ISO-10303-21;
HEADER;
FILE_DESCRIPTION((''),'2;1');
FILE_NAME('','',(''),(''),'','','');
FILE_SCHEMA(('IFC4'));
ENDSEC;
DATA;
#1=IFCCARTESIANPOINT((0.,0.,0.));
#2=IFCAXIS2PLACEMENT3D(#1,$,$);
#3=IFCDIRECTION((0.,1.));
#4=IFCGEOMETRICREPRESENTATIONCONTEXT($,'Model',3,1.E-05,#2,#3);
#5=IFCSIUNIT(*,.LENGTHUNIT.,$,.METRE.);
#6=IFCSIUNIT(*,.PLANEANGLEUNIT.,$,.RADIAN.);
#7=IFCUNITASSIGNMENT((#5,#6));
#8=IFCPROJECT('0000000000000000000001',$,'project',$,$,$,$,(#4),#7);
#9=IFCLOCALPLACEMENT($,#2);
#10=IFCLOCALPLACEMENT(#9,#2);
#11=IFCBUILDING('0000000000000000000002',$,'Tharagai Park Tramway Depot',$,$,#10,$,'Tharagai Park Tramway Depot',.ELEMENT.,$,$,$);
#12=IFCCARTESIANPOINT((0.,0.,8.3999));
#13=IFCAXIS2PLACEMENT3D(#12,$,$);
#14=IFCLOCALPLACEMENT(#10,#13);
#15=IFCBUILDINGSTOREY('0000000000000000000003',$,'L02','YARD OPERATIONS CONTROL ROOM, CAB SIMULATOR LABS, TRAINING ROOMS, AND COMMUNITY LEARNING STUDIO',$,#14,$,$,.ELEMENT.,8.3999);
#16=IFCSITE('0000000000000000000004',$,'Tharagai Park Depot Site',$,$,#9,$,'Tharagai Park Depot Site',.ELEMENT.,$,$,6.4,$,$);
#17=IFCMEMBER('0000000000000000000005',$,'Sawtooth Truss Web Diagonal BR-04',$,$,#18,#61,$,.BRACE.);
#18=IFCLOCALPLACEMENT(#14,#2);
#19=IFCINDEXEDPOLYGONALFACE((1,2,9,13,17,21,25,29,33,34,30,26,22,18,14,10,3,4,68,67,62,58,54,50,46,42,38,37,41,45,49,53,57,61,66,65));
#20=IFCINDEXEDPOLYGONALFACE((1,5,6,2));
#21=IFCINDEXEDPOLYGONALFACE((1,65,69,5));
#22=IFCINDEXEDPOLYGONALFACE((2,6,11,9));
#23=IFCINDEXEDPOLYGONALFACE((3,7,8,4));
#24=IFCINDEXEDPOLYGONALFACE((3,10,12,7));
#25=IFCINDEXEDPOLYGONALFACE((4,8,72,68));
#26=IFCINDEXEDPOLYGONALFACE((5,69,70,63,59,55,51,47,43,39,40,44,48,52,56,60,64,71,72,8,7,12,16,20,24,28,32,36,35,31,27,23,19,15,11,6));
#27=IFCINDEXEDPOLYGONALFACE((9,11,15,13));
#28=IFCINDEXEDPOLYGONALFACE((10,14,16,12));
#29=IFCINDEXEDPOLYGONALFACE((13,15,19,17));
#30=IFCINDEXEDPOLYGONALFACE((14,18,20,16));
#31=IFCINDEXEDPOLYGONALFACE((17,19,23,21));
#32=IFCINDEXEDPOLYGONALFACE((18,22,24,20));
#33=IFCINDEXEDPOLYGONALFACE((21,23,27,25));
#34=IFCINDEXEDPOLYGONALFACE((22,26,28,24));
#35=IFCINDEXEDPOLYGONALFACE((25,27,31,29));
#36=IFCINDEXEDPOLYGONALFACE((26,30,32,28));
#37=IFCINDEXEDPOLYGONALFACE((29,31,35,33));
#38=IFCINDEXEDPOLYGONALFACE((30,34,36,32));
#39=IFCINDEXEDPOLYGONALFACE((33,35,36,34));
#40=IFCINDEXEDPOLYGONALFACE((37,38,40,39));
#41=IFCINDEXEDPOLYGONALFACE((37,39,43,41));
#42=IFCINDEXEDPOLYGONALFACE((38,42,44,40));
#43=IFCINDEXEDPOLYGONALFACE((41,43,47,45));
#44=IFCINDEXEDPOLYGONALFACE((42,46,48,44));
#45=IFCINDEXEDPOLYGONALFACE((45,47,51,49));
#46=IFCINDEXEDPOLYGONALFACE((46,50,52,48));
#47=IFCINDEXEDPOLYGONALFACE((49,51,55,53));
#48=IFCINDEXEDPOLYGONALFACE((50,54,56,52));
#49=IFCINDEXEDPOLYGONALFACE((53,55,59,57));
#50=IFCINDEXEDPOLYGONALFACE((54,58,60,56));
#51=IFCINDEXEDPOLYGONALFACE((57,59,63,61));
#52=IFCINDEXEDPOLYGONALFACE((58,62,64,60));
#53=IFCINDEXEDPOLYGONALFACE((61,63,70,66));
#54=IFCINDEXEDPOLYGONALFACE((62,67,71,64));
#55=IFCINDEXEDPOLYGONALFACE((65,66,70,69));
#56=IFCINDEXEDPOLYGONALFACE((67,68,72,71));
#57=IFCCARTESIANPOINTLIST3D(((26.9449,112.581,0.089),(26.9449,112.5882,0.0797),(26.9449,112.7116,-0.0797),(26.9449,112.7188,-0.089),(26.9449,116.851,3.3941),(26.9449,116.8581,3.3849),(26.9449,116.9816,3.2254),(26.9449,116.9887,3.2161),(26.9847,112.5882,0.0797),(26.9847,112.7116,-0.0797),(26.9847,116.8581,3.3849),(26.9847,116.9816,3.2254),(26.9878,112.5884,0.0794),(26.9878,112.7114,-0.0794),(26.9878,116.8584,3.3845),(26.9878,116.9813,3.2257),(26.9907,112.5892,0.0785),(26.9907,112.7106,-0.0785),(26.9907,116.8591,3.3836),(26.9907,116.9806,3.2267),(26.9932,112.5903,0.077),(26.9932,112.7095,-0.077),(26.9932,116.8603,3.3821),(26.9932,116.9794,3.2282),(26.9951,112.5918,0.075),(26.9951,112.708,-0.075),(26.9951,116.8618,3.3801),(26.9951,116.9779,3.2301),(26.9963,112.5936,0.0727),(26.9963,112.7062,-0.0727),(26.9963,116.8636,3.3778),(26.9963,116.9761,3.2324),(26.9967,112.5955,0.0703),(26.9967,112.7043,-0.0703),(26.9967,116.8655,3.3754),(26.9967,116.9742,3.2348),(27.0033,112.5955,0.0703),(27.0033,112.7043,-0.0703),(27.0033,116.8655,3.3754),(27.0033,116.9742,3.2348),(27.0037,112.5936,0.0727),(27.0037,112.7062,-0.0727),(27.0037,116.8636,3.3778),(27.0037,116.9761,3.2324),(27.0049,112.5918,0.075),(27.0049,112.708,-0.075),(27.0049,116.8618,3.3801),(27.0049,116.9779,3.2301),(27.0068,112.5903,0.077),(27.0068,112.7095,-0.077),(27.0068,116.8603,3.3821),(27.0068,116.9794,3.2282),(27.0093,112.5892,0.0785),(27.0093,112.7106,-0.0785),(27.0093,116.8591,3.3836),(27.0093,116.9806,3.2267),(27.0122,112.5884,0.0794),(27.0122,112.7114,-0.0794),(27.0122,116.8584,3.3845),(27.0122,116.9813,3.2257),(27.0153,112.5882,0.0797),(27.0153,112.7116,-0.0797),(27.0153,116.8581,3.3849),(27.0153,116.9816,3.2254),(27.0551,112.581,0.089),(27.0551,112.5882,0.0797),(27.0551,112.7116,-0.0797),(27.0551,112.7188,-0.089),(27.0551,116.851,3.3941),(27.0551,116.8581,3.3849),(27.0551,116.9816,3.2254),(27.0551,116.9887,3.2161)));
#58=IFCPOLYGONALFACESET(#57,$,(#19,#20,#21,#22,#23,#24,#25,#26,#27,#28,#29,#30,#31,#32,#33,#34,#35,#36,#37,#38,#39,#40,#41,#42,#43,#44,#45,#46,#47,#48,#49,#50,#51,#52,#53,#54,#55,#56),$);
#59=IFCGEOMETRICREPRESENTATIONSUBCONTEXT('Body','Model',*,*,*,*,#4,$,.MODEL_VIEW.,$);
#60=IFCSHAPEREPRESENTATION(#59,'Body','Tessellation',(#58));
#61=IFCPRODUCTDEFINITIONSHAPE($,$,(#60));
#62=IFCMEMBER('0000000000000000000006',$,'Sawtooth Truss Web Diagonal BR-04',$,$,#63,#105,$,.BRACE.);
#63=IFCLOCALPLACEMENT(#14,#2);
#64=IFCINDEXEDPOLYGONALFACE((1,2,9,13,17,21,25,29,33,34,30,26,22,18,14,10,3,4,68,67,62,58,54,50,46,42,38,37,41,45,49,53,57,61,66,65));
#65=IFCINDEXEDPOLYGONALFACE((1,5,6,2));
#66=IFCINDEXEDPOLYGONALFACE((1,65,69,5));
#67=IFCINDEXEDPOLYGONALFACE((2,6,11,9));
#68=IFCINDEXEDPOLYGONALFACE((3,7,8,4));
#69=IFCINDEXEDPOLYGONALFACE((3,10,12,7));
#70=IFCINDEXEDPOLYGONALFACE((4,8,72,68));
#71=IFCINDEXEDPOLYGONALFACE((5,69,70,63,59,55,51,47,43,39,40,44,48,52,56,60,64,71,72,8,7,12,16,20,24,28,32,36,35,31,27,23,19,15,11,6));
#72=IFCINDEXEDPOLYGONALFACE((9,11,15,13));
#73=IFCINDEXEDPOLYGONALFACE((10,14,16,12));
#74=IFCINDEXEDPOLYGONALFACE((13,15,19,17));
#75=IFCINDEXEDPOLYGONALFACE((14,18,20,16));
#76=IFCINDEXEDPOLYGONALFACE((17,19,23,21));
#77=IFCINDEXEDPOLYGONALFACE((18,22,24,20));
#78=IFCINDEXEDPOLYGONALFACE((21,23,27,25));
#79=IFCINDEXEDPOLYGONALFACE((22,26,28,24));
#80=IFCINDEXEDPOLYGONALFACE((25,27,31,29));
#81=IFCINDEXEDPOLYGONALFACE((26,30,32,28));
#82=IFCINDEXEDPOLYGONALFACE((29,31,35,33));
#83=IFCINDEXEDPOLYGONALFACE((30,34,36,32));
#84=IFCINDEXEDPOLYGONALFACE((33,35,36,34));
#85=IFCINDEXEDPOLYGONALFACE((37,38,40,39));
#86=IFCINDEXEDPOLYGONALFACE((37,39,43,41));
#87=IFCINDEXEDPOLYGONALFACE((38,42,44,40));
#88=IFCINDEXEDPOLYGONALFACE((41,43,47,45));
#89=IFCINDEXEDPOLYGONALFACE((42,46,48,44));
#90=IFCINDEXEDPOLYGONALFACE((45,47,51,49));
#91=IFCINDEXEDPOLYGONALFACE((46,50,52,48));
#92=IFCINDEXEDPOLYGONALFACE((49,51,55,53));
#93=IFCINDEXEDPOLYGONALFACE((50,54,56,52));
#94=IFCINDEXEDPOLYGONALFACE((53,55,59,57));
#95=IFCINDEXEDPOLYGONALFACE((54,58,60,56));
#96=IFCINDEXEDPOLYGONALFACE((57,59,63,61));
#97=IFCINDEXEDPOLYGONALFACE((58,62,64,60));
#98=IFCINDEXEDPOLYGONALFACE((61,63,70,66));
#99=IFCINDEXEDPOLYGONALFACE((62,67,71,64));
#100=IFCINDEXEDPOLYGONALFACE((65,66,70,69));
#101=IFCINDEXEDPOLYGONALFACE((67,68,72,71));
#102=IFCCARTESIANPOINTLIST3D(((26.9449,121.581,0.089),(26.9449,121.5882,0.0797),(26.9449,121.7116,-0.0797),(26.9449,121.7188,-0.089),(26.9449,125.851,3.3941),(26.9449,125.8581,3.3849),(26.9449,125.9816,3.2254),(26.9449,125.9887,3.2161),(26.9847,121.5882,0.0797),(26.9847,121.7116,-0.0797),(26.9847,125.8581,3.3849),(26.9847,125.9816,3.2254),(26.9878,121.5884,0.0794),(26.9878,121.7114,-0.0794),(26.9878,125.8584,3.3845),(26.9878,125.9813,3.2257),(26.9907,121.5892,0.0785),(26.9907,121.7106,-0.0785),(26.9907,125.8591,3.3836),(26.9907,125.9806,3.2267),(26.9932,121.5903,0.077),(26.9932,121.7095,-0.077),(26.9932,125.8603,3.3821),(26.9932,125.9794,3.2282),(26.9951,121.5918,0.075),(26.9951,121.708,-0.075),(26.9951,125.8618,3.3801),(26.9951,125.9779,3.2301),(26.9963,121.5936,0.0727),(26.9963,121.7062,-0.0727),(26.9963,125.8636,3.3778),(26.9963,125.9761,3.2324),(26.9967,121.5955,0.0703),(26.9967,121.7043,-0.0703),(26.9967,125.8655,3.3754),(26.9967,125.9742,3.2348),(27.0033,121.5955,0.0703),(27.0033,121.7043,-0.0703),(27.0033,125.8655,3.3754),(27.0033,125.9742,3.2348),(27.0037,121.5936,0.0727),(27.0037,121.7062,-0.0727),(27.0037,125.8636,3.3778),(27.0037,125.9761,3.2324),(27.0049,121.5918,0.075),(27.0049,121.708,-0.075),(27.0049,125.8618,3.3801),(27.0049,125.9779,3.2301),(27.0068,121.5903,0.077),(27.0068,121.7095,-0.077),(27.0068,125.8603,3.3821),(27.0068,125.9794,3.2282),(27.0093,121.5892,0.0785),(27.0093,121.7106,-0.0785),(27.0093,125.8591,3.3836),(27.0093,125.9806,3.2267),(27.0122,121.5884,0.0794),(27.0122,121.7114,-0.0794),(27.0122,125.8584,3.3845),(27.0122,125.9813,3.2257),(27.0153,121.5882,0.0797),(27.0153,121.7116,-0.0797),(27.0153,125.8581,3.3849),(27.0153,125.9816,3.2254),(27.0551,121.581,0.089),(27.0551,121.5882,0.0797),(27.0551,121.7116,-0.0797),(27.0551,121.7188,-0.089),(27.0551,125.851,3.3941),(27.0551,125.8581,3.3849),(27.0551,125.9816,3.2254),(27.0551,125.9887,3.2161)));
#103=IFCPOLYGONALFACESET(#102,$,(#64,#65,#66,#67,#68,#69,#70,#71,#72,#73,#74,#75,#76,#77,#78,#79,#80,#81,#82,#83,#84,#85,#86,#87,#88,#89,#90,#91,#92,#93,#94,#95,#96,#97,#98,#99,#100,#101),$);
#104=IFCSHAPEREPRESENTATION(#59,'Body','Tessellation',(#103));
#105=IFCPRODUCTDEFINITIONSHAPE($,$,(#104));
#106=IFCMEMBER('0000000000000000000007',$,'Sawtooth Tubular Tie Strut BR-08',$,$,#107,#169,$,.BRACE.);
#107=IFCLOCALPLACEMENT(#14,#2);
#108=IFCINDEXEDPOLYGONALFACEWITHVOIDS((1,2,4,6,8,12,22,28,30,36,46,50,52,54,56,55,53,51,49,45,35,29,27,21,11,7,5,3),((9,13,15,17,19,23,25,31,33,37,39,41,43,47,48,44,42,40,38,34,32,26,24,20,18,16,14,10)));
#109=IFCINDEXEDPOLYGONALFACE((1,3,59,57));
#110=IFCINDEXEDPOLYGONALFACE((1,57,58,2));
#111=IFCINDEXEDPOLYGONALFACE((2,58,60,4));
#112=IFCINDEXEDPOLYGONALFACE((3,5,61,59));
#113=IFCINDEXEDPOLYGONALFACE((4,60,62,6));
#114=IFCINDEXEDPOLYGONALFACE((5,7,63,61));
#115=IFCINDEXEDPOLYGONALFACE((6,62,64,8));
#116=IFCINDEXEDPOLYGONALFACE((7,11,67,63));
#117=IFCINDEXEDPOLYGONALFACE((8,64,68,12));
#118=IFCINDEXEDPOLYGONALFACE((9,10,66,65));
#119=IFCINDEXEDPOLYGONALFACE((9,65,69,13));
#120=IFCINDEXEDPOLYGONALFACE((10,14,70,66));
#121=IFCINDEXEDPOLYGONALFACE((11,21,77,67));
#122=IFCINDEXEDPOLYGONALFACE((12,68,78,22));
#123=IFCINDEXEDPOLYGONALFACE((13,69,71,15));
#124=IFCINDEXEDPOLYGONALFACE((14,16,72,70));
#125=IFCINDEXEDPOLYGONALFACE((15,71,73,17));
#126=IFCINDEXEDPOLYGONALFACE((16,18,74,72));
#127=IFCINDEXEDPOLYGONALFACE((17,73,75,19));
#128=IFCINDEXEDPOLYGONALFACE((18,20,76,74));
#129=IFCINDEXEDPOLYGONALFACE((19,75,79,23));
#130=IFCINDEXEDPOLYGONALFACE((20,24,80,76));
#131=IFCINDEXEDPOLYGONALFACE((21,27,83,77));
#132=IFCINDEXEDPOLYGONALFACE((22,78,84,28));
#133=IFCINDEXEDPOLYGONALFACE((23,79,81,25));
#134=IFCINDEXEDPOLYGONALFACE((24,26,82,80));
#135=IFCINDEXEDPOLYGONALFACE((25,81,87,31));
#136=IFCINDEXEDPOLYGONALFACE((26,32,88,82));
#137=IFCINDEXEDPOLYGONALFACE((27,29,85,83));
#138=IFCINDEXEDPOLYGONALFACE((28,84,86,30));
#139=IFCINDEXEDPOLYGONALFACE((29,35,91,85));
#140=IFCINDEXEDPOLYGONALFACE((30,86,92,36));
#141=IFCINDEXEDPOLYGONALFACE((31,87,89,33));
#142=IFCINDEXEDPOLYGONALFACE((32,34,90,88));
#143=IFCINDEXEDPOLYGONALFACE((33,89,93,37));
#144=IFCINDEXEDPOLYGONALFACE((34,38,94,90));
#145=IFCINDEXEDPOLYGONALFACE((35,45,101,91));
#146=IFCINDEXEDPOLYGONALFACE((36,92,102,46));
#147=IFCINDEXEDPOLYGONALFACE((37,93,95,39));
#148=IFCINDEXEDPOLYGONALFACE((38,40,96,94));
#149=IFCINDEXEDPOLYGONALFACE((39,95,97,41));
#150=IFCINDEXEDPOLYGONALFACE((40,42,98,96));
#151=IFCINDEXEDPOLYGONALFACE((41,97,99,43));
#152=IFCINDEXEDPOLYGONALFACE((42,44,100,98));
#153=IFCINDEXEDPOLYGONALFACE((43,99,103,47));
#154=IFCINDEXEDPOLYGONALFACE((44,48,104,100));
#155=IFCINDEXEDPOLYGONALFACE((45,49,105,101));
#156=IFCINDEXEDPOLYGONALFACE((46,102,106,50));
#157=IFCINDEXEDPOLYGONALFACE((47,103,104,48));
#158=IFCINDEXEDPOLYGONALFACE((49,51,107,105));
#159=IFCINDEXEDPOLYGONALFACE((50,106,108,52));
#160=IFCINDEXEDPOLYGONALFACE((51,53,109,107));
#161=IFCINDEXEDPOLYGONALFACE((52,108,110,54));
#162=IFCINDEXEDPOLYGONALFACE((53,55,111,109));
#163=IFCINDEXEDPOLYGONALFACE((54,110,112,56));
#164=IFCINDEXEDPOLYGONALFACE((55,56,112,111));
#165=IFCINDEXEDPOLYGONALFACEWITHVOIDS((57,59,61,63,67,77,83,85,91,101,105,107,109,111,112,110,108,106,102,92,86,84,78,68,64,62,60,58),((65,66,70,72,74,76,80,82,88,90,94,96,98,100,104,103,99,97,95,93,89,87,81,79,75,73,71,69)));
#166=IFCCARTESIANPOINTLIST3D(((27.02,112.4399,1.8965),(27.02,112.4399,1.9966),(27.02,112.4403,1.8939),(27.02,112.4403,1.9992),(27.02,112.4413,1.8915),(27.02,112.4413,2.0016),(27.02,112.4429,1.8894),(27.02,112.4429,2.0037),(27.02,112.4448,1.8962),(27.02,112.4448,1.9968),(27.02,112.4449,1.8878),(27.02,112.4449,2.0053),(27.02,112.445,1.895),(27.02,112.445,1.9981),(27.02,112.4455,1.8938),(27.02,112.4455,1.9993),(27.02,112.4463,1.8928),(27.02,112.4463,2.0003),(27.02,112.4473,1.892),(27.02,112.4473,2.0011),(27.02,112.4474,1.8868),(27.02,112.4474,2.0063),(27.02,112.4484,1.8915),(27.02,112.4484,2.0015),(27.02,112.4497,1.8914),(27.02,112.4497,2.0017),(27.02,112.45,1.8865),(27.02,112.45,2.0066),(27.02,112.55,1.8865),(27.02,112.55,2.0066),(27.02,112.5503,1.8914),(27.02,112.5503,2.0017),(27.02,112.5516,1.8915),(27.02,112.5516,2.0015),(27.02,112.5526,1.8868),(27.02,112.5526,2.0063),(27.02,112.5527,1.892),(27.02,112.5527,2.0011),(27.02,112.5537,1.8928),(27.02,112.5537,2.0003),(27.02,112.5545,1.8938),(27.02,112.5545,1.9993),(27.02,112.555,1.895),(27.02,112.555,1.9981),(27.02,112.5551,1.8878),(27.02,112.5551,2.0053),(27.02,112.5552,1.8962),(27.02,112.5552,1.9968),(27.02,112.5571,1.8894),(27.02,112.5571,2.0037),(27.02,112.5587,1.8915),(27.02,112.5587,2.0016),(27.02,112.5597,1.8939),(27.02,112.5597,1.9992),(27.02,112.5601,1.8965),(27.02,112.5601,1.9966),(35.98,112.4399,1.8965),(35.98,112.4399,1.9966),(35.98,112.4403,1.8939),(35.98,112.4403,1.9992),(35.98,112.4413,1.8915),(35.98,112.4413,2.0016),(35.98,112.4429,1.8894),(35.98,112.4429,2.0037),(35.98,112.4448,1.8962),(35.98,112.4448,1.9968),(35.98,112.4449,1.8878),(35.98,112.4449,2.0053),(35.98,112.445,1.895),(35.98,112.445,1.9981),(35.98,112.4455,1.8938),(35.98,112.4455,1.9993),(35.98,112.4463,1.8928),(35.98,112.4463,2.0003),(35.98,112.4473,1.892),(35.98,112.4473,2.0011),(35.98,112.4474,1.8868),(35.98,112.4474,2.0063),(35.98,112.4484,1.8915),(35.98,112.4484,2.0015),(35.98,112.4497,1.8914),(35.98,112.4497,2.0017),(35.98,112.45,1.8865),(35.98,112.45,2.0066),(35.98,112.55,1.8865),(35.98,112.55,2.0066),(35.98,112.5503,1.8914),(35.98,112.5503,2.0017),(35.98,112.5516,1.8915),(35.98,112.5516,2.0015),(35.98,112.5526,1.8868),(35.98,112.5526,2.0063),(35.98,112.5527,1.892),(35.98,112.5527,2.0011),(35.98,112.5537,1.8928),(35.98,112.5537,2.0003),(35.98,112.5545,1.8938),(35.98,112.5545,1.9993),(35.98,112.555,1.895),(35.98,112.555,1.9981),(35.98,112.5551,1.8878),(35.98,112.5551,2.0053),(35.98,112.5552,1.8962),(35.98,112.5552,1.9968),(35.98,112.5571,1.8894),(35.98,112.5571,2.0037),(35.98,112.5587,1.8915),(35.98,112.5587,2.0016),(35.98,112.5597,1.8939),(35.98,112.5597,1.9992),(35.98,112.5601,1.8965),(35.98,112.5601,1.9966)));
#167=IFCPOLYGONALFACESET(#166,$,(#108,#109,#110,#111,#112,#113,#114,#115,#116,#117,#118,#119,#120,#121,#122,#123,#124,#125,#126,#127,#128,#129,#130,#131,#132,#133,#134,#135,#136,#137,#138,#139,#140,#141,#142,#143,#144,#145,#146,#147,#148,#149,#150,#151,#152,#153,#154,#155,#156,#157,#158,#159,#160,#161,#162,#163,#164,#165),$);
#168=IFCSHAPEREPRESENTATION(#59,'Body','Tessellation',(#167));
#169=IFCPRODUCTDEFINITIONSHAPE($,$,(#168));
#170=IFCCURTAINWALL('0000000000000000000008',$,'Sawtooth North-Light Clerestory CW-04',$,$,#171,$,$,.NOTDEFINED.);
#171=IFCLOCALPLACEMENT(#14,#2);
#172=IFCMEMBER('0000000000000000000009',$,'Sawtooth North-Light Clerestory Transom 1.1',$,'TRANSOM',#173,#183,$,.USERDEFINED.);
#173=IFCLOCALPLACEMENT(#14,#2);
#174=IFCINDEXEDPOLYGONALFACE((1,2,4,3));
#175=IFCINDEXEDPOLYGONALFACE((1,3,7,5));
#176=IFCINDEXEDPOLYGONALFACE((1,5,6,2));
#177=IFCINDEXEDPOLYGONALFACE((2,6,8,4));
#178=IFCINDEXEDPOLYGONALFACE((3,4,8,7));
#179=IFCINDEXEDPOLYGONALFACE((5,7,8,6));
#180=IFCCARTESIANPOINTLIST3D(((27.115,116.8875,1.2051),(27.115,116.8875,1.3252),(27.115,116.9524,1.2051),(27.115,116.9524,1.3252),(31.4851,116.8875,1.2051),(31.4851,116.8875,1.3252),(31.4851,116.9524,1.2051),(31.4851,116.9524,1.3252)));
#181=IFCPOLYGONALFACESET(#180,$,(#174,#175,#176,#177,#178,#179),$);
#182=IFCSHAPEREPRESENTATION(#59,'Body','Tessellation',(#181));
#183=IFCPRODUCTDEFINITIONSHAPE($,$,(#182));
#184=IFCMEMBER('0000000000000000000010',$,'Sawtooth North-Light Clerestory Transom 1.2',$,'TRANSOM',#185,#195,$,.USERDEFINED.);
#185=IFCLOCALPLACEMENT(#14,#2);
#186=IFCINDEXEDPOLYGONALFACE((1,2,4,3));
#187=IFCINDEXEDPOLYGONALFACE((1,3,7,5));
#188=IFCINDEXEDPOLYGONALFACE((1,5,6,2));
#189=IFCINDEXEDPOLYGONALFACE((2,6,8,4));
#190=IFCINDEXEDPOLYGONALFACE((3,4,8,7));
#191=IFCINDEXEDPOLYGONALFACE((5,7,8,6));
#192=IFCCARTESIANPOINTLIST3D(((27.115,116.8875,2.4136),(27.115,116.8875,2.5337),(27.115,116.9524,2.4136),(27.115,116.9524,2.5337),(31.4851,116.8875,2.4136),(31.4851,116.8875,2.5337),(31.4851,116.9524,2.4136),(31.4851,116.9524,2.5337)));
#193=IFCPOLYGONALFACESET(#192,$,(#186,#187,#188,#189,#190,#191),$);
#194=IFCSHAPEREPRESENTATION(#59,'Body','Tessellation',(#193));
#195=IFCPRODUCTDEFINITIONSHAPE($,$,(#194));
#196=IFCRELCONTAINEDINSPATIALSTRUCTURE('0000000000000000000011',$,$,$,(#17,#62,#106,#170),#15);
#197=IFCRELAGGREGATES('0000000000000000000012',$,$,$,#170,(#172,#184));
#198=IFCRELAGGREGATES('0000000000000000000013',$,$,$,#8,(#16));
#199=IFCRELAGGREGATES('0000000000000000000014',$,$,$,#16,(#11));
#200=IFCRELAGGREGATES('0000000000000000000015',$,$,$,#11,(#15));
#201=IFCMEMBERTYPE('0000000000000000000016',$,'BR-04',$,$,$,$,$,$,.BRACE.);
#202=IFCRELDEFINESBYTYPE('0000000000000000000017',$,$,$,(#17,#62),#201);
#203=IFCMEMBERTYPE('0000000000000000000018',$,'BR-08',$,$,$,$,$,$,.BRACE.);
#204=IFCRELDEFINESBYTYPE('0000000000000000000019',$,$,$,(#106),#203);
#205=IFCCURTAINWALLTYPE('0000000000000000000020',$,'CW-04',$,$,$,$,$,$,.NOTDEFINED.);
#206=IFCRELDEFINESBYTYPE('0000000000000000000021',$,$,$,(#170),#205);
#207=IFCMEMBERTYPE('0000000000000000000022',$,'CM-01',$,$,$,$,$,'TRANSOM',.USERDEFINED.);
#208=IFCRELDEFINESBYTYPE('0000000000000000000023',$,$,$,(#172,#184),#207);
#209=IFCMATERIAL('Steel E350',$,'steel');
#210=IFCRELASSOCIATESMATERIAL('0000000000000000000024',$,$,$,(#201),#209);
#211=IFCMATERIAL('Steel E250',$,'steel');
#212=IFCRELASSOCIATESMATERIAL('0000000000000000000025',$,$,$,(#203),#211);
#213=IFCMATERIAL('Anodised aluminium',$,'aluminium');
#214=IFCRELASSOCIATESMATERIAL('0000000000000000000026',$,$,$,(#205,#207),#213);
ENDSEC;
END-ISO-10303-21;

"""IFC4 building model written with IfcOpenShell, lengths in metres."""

from ifc_helpers import new_model, si_unit, direction, frame, origin, origin_2d, place, context, subcontext, project, spatial, rectangle, hollow_rectangle, i_section, extrude, material, material_profile, profile_set, type_object, element, aggregate, save


model = new_model("IFC4")

# Units and contexts
model_context = context("Model", 3, precision=1e-05, world=origin(), true_north=direction((0.0, 1.0)))
body_context = subcontext(model_context, "Body", "Model", "MODEL_VIEW")
ifc_project = project(units=[si_unit("LENGTHUNIT", "METRE"), si_unit("PLANEANGLEUNIT", "RADIAN")], contexts=[model_context])

# Site, building, storey
site_placement = place(None, origin())
site = spatial("IfcSite", under=ifc_project, at=site_placement, Name="Tharagai Park Depot Site", LongName="Tharagai Park Depot Site", CompositionType="ELEMENT", RefElevation=6.4)
building_placement = place(site_placement, origin())
building = spatial("IfcBuilding", under=site, at=building_placement, Name="Tharagai Park Tramway Depot", LongName="Tharagai Park Tramway Depot", CompositionType="ELEMENT")
storey_placement = place(building_placement, frame((0.0, 0.0, 8.3999)))
storey = spatial("IfcBuildingStorey", under=building, at=storey_placement, Name="L02", Description="YARD OPERATIONS CONTROL ROOM, CAB SIMULATOR LABS, TRAINING ROOMS, AND COMMUNITY LEARNING STUDIO", CompositionType="ELEMENT", Elevation=8.3999)

# Shared definitions
ifc_material_1 = material(Name="Steel E350", Category="steel")

# Members
ifc_material_profile_1 = material_profile(ifc_material_1, i_section(OverallWidth=0.1101, OverallDepth=0.2251, WebThickness=0.0066, FlangeThickness=0.0117, FilletRadius=0.012, at=origin_2d()), Name="ISMB 225")
ifc_profile_set_1 = profile_set([ifc_material_profile_1], Name="Steel E350")
member_type_1 = type_object("IfcMemberType", Name="BR-04", PredefinedType="BRACE", material=ifc_profile_set_1)
for number, where, z_axis, x_axis, name in (
    (1, (27.0, 112.6499, 0.0), (0.0, 0.790782, 0.612098), (-1.0, 0.0, 0.0), "Sawtooth Truss Web Diagonal BR-04"),
    (2, (27.0, 121.6499, 0.0), (0.0, 0.790782, 0.612098), (-1.0, 0.0, 0.0), "Sawtooth Truss Web Diagonal BR-04"),
):
    element("IfcMember", number, at=place(storey_placement, frame(where, z_axis=z_axis, x_axis=x_axis)), inside=storey, type_object=member_type_1, Name=name, PredefinedType="BRACE", context=body_context, shape_type="SweptSolid", body=[
        extrude(i_section(OverallWidth=0.1101, OverallDepth=0.2251, WebThickness=0.0066, FlangeThickness=0.0117, FilletRadius=0.012, at=origin_2d()), origin(), (0.0, 0.0, 1.0), 5.3997),
    ])
ifc_material_2 = material(Name="Steel E250", Category="steel")
ifc_material_profile_2 = material_profile(ifc_material_2, hollow_rectangle(XDim=0.1201, YDim=0.1201, WallThickness=0.0049, InnerFilletRadius=0.0049, OuterFilletRadius=0.01, at=origin_2d()), Name="SHS 120x120x5")
ifc_profile_set_2 = profile_set([ifc_material_profile_2], Name="Steel E250")
member_type_2 = type_object("IfcMemberType", Name="BR-08", PredefinedType="BRACE", material=ifc_profile_set_2)
member_1_placement = place(storey_placement, frame((27.02, 112.5, 1.9465), z_axis=(1.0, 0.0, 0.0), x_axis=(0.0, 1.0, 0.0)))
element("IfcMember", 3, at=member_1_placement, inside=storey, type_object=member_type_2, Name="Sawtooth Tubular Tie Strut BR-08", PredefinedType="BRACE", context=body_context, shape_type="SweptSolid", body=[
    extrude(hollow_rectangle(XDim=0.1201, YDim=0.1201, WallThickness=0.0049, InnerFilletRadius=0.0049, OuterFilletRadius=0.01, at=origin_2d()), origin(), (0.0, 0.0, 1.0), 8.96),
])

# Curtain wall, members
ifc_material_3 = material(Name="Anodised aluminium", Category="aluminium")
curtain_wall_type = type_object("IfcCurtainWallType", Name="CW-04", PredefinedType="NOTDEFINED", material=ifc_material_3)
curtain_wall_placement = place(storey_placement, origin())
curtain_wall = element("IfcCurtainWall", 4, at=curtain_wall_placement, inside=storey, type_object=curtain_wall_type, Name="Sawtooth North-Light Clerestory CW-04", PredefinedType="NOTDEFINED")
ifc_material_profile_3 = material_profile(ifc_material_3, rectangle(XDim=0.0649, YDim=0.1201, at=origin_2d()), Name="ALU 65x120")
ifc_profile_set_3 = profile_set([ifc_material_profile_3], Name="Anodised aluminium")
member_type_3 = type_object("IfcMemberType", Name="CM-01", ElementType="TRANSOM", PredefinedType="USERDEFINED", material=ifc_profile_set_3)
member_2_placement = place(storey_placement, frame((27.115, 116.9199, 1.2651), z_axis=(1.0, 0.0, 0.0), x_axis=(0.0, 1.0, 0.0)))
member_2 = element("IfcMember", 5, at=member_2_placement, type_object=member_type_3, Name="Sawtooth North-Light Clerestory Transom 1.1", ObjectType="TRANSOM", PredefinedType="USERDEFINED", context=body_context, shape_type="SweptSolid", body=[
    extrude(rectangle(XDim=0.0649, YDim=0.1201, at=origin_2d()), origin(), (0.0, 0.0, 1.0), 4.3701),
])
member_3_placement = place(storey_placement, frame((27.115, 116.9199, 2.4736), z_axis=(1.0, 0.0, 0.0), x_axis=(0.0, 1.0, 0.0)))
member_3 = element("IfcMember", 6, at=member_3_placement, type_object=member_type_3, Name="Sawtooth North-Light Clerestory Transom 1.2", ObjectType="TRANSOM", PredefinedType="USERDEFINED", context=body_context, shape_type="SweptSolid", body=[
    extrude(rectangle(XDim=0.0649, YDim=0.1201, at=origin_2d()), origin(), (0.0, 0.0, 1.0), 4.3701),
])

aggregate(curtain_wall, [member_2, member_3])

save(model, "model.ifc")
